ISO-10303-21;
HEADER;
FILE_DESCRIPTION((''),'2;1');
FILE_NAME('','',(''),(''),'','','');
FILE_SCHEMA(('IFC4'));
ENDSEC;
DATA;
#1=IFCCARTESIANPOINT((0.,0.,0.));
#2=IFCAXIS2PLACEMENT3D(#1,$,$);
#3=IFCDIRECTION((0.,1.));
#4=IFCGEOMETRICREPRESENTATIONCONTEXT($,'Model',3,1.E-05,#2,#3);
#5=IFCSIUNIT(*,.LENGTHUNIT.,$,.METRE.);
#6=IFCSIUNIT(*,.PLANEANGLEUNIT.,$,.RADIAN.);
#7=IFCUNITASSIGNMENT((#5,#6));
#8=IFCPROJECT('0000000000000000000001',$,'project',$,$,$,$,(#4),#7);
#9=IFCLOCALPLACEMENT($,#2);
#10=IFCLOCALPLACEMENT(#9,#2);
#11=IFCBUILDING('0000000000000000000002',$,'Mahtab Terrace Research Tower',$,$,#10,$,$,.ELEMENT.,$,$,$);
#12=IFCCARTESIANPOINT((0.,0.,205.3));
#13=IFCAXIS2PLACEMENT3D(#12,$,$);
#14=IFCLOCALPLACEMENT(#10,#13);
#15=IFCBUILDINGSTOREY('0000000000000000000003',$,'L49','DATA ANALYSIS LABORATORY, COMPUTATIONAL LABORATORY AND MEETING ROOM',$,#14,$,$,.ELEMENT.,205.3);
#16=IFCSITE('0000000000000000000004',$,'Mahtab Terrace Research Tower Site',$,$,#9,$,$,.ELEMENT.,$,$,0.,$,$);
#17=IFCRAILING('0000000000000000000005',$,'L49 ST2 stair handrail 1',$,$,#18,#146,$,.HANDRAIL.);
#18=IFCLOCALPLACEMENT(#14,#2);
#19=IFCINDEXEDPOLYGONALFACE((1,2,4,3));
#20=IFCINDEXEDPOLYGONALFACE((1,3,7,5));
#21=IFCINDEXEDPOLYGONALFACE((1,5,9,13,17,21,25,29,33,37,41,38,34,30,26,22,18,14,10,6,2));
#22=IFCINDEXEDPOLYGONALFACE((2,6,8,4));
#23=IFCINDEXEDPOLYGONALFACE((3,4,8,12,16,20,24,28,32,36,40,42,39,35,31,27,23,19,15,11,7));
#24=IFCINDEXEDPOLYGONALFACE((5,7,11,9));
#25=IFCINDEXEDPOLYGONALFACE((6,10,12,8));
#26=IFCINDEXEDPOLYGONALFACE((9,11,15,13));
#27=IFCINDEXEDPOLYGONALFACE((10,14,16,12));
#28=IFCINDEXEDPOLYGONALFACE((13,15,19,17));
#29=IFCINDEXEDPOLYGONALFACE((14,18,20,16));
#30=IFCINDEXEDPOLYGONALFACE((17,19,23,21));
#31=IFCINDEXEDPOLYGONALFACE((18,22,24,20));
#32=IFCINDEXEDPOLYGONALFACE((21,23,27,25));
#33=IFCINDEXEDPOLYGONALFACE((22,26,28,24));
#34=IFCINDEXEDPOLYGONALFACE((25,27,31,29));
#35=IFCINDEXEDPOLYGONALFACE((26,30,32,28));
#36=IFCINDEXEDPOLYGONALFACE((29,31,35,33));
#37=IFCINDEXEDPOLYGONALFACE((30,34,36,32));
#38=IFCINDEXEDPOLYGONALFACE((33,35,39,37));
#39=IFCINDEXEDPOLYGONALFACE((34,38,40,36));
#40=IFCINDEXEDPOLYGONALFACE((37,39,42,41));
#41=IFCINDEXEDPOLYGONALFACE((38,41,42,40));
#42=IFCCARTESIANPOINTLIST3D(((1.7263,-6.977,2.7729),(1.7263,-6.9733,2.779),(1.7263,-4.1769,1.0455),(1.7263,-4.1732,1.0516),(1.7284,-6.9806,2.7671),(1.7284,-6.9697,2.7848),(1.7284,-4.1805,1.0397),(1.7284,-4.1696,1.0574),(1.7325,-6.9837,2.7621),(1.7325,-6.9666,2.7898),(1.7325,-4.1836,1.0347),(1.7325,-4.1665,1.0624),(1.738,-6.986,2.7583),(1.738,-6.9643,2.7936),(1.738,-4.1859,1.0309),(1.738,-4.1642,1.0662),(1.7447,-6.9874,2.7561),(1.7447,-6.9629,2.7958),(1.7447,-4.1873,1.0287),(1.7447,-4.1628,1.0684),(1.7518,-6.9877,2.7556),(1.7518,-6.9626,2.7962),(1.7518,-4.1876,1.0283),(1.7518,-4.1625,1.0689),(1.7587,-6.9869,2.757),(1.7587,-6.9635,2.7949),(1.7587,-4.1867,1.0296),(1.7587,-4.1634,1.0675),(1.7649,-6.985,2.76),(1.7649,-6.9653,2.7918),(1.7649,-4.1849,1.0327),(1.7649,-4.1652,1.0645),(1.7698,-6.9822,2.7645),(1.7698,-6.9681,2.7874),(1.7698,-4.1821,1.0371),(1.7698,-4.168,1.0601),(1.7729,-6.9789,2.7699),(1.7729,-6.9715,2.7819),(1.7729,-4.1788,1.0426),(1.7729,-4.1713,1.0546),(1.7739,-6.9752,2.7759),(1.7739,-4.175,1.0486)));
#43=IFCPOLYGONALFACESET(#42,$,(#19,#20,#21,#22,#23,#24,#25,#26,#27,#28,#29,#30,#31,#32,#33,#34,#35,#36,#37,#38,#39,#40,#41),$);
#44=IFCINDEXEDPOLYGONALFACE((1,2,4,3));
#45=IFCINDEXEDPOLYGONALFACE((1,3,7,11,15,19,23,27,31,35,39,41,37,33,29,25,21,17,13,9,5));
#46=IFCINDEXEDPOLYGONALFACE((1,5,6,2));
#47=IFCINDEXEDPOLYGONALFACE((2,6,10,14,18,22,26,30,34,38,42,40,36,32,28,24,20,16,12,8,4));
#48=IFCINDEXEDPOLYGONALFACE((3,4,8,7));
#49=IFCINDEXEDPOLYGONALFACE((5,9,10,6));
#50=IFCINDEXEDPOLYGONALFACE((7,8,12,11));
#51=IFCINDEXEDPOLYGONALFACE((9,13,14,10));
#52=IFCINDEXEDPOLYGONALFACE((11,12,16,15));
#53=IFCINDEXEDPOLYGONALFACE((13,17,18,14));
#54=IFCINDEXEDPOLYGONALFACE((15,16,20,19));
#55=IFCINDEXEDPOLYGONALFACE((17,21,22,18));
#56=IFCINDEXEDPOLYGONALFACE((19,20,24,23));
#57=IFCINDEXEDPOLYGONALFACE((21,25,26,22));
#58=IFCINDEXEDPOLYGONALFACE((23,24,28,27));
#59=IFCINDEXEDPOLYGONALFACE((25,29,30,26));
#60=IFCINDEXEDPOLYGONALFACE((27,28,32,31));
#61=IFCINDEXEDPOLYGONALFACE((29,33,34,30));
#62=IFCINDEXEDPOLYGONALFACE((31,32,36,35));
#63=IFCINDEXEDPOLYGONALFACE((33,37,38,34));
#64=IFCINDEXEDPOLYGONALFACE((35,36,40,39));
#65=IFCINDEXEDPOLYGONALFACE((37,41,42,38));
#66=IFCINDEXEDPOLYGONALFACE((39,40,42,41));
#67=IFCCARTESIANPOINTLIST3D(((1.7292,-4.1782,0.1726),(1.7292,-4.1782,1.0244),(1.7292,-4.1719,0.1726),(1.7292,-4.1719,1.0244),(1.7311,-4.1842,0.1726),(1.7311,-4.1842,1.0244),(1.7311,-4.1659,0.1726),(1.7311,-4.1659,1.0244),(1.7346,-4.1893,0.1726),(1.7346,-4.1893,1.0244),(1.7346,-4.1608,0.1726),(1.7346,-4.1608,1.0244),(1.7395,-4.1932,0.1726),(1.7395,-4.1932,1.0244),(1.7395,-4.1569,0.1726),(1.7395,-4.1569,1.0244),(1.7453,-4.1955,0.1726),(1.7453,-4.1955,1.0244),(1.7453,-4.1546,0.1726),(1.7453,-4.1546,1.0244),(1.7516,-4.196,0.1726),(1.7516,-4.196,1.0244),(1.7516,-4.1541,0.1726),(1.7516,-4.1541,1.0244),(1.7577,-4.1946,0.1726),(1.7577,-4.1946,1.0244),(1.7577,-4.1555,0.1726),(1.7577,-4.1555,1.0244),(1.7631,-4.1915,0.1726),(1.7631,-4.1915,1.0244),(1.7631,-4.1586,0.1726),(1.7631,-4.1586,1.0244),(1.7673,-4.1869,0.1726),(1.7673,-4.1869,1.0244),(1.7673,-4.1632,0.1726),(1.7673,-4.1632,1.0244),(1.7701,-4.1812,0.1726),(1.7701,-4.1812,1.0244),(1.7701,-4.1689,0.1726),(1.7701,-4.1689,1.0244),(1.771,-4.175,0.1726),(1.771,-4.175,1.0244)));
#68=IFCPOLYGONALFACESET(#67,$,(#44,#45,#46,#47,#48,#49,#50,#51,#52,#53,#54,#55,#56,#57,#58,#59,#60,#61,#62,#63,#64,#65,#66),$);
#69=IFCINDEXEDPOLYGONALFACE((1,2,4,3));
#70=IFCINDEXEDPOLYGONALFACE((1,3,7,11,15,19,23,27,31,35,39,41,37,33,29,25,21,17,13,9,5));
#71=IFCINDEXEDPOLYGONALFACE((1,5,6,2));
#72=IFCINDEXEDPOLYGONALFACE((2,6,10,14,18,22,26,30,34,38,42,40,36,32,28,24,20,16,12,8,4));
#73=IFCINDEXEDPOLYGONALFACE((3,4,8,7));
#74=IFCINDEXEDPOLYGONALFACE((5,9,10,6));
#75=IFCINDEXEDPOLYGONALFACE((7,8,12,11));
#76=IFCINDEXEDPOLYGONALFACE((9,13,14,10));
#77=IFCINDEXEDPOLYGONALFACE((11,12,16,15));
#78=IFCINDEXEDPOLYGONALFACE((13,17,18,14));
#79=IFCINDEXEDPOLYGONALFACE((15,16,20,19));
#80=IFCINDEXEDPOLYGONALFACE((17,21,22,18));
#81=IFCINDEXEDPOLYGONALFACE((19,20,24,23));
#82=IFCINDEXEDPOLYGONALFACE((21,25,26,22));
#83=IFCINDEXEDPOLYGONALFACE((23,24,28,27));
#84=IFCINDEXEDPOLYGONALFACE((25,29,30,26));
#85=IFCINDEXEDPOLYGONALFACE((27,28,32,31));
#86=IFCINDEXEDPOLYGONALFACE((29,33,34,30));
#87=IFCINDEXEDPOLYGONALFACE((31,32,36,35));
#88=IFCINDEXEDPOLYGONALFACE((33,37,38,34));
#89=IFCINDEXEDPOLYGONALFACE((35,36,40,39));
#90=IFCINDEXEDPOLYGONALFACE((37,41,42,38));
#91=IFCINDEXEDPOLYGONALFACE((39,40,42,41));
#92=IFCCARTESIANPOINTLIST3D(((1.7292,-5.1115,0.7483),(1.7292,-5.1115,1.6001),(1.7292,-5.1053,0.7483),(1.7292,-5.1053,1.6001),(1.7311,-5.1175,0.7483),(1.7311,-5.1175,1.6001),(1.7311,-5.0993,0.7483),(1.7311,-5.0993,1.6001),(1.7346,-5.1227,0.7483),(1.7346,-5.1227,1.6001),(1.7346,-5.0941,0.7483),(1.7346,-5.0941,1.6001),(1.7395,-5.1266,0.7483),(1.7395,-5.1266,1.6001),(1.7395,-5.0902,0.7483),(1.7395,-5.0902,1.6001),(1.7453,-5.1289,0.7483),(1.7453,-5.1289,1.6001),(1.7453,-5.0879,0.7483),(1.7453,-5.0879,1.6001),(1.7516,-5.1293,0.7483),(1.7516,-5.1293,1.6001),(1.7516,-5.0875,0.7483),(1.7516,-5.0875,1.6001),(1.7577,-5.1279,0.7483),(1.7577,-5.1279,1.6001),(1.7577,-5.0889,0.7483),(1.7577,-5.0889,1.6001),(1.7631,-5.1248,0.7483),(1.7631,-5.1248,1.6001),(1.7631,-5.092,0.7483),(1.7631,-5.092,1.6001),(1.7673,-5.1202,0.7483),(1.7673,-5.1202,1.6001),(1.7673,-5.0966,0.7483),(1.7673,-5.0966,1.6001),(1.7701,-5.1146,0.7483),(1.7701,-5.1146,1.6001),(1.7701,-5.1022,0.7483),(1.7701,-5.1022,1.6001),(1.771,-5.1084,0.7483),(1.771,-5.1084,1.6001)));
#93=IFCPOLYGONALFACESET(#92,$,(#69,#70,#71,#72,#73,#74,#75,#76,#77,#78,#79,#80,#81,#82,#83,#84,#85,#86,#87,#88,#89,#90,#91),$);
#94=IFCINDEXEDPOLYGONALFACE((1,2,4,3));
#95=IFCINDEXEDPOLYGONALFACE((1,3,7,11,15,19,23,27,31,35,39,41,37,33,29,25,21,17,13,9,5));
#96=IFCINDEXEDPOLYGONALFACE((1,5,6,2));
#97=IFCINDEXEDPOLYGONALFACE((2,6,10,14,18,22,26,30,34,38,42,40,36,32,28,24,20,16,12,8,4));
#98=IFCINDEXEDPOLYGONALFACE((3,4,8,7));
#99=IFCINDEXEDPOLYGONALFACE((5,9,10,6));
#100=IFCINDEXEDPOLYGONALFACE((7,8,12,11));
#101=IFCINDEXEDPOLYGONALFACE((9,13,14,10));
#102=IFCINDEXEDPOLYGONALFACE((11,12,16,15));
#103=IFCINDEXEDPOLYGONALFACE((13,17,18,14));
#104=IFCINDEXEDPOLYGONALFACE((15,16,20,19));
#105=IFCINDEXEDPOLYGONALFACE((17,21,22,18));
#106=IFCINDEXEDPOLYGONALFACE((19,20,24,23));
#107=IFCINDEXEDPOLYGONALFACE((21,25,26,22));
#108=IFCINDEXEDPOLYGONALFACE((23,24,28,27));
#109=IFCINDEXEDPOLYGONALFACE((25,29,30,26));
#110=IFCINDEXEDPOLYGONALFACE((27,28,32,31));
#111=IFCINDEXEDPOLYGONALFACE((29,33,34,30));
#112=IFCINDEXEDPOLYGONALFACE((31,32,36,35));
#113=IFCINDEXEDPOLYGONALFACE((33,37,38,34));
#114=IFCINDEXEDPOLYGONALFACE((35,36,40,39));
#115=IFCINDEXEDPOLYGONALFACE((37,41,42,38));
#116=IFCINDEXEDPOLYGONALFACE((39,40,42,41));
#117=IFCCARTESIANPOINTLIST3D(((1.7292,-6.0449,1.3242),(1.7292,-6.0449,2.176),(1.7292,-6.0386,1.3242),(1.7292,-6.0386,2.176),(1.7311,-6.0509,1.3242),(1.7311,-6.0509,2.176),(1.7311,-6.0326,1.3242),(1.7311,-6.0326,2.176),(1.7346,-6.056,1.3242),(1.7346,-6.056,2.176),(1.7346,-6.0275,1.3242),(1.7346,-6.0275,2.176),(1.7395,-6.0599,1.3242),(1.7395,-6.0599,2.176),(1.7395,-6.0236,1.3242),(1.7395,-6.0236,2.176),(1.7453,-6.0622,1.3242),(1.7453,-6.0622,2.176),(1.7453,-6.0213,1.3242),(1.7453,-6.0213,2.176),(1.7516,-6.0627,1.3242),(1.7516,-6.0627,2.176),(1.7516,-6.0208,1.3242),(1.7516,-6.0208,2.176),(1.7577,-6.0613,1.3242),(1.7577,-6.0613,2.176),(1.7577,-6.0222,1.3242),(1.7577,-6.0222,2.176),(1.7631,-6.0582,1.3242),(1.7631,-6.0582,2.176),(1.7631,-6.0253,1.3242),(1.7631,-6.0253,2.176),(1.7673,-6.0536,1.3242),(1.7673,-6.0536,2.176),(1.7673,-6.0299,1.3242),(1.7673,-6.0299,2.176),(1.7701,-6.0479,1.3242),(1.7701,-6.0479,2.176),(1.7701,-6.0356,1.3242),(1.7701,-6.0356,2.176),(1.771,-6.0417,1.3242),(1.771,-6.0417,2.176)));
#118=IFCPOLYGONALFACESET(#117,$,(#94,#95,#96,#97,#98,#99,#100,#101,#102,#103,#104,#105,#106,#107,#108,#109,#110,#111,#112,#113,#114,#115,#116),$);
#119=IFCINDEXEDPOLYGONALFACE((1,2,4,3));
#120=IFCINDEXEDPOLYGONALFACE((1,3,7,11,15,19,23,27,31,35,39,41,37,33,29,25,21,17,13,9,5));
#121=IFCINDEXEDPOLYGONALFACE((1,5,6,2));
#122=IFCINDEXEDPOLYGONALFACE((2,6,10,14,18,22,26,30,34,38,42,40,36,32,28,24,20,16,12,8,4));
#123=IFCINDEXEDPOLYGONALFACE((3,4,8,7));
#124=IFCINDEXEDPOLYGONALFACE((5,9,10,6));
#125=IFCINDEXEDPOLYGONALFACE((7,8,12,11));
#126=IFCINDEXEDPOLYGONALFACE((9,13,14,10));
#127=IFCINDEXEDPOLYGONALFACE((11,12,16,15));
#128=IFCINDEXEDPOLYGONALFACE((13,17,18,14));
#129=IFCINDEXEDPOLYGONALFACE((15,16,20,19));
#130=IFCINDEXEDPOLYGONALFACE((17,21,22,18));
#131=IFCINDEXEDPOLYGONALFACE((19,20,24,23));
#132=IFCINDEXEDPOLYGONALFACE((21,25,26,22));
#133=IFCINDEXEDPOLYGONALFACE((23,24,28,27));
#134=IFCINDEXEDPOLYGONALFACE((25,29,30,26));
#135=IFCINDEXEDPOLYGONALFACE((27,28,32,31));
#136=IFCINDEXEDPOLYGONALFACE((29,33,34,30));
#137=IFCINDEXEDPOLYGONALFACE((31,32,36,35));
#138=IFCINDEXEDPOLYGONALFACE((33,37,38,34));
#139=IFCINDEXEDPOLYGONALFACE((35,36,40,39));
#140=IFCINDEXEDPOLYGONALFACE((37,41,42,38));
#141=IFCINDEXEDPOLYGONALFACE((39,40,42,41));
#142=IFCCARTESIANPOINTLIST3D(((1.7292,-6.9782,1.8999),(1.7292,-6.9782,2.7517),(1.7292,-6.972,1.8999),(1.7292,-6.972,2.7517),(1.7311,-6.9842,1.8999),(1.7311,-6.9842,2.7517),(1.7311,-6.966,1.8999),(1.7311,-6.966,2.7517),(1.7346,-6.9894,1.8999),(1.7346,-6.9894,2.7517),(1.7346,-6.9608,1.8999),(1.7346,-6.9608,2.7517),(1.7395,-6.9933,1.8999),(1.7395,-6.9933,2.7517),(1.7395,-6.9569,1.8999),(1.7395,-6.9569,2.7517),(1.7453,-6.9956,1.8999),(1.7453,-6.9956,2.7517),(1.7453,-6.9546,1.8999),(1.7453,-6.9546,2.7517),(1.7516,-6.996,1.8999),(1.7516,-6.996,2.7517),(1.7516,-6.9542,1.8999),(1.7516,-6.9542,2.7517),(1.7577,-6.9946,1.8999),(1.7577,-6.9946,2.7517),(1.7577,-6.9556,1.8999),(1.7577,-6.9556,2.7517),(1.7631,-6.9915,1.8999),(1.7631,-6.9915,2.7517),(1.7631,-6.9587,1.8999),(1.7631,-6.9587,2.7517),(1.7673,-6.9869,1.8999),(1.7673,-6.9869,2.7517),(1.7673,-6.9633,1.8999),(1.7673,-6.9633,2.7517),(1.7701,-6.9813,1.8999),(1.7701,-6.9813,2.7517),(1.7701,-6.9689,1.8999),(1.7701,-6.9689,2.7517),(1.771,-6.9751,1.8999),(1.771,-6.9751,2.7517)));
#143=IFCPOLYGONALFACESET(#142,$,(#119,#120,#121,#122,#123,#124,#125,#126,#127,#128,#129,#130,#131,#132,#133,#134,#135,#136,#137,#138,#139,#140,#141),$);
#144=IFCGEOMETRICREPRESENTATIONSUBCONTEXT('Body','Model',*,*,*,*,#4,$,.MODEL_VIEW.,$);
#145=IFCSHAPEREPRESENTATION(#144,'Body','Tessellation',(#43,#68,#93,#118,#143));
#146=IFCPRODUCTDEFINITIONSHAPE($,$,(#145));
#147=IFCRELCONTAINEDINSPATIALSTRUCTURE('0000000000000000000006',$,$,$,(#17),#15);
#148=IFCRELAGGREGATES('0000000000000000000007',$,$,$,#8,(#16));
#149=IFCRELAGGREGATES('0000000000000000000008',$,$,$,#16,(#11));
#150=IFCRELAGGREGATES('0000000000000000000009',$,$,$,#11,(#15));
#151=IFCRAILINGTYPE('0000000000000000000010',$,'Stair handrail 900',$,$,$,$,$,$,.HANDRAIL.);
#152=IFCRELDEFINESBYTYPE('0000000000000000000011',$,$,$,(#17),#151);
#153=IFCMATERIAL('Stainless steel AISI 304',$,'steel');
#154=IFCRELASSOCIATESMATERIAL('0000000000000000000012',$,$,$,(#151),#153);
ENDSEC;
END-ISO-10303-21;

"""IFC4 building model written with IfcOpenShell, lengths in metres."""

from ifc_helpers import new_model, si_unit, direction, frame, origin, origin_2d, place, context, subcontext, project, spatial, circle, extrude, material, type_object, element, save


model = new_model("IFC4")

# Units and contexts
model_context = context("Model", 3, precision=1e-05, world=origin(), true_north=direction((0.0, 1.0)))
body_context = subcontext(model_context, "Body", "Model", "MODEL_VIEW")
ifc_project = project(units=[si_unit("LENGTHUNIT", "METRE"), si_unit("PLANEANGLEUNIT", "RADIAN")], contexts=[model_context])

# Site, building, storey
site_placement = place(None, origin())
site = spatial("IfcSite", under=ifc_project, at=site_placement, Name="Mahtab Terrace Research Tower Site", CompositionType="ELEMENT", RefElevation=0.0)
building_placement = place(site_placement, origin())
building = spatial("IfcBuilding", under=site, at=building_placement, Name="Mahtab Terrace Research Tower", CompositionType="ELEMENT")
storey_placement = place(building_placement, frame((0.0, 0.0, 205.3)))
storey = spatial("IfcBuildingStorey", under=building, at=storey_placement, Name="L49", Description="DATA ANALYSIS LABORATORY, COMPUTATIONAL LABORATORY AND MEETING ROOM", CompositionType="ELEMENT", Elevation=205.3)

# Railing
ifc_material_1 = material(Name="Stainless steel AISI 304", Category="steel")
railing_type_1 = type_object("IfcRailingType", Name="Stair handrail 900", PredefinedType="HANDRAIL", material=ifc_material_1)
railing_1_placement = place(storey_placement, frame((1.75, -4.175, 0.1726)))
element("IfcRailing", 1, at=railing_1_placement, inside=storey, type_object=railing_type_1, Name="L49 ST2 stair handrail 1", PredefinedType="HANDRAIL", context=body_context, shape_type="SweptSolid", body=[
    extrude(circle(Radius=0.0239, at=origin_2d()), frame((0.0, 0.0, 0.876), z_axis=(0.0, -0.85109, 0.52502), x_axis=(1.0, 0.0, 0.0)), (0.0, 0.0, 1.0), 3.29),
    extrude(circle(Radius=0.021, at=origin_2d()), origin(), (0.0, 0.0, 1.0), 0.8518),
    extrude(circle(Radius=0.021, at=origin_2d()), frame((0.0, -0.9333, 0.5757)), (0.0, 0.0, 1.0), 0.8518),
    extrude(circle(Radius=0.021, at=origin_2d()), frame((0.0, -1.8667, 1.1516)), (0.0, 0.0, 1.0), 0.8518),
    extrude(circle(Radius=0.021, at=origin_2d()), frame((0.0, -2.8, 1.7273)), (0.0, 0.0, 1.0), 0.8518),
])

save(model, "model.ifc")
